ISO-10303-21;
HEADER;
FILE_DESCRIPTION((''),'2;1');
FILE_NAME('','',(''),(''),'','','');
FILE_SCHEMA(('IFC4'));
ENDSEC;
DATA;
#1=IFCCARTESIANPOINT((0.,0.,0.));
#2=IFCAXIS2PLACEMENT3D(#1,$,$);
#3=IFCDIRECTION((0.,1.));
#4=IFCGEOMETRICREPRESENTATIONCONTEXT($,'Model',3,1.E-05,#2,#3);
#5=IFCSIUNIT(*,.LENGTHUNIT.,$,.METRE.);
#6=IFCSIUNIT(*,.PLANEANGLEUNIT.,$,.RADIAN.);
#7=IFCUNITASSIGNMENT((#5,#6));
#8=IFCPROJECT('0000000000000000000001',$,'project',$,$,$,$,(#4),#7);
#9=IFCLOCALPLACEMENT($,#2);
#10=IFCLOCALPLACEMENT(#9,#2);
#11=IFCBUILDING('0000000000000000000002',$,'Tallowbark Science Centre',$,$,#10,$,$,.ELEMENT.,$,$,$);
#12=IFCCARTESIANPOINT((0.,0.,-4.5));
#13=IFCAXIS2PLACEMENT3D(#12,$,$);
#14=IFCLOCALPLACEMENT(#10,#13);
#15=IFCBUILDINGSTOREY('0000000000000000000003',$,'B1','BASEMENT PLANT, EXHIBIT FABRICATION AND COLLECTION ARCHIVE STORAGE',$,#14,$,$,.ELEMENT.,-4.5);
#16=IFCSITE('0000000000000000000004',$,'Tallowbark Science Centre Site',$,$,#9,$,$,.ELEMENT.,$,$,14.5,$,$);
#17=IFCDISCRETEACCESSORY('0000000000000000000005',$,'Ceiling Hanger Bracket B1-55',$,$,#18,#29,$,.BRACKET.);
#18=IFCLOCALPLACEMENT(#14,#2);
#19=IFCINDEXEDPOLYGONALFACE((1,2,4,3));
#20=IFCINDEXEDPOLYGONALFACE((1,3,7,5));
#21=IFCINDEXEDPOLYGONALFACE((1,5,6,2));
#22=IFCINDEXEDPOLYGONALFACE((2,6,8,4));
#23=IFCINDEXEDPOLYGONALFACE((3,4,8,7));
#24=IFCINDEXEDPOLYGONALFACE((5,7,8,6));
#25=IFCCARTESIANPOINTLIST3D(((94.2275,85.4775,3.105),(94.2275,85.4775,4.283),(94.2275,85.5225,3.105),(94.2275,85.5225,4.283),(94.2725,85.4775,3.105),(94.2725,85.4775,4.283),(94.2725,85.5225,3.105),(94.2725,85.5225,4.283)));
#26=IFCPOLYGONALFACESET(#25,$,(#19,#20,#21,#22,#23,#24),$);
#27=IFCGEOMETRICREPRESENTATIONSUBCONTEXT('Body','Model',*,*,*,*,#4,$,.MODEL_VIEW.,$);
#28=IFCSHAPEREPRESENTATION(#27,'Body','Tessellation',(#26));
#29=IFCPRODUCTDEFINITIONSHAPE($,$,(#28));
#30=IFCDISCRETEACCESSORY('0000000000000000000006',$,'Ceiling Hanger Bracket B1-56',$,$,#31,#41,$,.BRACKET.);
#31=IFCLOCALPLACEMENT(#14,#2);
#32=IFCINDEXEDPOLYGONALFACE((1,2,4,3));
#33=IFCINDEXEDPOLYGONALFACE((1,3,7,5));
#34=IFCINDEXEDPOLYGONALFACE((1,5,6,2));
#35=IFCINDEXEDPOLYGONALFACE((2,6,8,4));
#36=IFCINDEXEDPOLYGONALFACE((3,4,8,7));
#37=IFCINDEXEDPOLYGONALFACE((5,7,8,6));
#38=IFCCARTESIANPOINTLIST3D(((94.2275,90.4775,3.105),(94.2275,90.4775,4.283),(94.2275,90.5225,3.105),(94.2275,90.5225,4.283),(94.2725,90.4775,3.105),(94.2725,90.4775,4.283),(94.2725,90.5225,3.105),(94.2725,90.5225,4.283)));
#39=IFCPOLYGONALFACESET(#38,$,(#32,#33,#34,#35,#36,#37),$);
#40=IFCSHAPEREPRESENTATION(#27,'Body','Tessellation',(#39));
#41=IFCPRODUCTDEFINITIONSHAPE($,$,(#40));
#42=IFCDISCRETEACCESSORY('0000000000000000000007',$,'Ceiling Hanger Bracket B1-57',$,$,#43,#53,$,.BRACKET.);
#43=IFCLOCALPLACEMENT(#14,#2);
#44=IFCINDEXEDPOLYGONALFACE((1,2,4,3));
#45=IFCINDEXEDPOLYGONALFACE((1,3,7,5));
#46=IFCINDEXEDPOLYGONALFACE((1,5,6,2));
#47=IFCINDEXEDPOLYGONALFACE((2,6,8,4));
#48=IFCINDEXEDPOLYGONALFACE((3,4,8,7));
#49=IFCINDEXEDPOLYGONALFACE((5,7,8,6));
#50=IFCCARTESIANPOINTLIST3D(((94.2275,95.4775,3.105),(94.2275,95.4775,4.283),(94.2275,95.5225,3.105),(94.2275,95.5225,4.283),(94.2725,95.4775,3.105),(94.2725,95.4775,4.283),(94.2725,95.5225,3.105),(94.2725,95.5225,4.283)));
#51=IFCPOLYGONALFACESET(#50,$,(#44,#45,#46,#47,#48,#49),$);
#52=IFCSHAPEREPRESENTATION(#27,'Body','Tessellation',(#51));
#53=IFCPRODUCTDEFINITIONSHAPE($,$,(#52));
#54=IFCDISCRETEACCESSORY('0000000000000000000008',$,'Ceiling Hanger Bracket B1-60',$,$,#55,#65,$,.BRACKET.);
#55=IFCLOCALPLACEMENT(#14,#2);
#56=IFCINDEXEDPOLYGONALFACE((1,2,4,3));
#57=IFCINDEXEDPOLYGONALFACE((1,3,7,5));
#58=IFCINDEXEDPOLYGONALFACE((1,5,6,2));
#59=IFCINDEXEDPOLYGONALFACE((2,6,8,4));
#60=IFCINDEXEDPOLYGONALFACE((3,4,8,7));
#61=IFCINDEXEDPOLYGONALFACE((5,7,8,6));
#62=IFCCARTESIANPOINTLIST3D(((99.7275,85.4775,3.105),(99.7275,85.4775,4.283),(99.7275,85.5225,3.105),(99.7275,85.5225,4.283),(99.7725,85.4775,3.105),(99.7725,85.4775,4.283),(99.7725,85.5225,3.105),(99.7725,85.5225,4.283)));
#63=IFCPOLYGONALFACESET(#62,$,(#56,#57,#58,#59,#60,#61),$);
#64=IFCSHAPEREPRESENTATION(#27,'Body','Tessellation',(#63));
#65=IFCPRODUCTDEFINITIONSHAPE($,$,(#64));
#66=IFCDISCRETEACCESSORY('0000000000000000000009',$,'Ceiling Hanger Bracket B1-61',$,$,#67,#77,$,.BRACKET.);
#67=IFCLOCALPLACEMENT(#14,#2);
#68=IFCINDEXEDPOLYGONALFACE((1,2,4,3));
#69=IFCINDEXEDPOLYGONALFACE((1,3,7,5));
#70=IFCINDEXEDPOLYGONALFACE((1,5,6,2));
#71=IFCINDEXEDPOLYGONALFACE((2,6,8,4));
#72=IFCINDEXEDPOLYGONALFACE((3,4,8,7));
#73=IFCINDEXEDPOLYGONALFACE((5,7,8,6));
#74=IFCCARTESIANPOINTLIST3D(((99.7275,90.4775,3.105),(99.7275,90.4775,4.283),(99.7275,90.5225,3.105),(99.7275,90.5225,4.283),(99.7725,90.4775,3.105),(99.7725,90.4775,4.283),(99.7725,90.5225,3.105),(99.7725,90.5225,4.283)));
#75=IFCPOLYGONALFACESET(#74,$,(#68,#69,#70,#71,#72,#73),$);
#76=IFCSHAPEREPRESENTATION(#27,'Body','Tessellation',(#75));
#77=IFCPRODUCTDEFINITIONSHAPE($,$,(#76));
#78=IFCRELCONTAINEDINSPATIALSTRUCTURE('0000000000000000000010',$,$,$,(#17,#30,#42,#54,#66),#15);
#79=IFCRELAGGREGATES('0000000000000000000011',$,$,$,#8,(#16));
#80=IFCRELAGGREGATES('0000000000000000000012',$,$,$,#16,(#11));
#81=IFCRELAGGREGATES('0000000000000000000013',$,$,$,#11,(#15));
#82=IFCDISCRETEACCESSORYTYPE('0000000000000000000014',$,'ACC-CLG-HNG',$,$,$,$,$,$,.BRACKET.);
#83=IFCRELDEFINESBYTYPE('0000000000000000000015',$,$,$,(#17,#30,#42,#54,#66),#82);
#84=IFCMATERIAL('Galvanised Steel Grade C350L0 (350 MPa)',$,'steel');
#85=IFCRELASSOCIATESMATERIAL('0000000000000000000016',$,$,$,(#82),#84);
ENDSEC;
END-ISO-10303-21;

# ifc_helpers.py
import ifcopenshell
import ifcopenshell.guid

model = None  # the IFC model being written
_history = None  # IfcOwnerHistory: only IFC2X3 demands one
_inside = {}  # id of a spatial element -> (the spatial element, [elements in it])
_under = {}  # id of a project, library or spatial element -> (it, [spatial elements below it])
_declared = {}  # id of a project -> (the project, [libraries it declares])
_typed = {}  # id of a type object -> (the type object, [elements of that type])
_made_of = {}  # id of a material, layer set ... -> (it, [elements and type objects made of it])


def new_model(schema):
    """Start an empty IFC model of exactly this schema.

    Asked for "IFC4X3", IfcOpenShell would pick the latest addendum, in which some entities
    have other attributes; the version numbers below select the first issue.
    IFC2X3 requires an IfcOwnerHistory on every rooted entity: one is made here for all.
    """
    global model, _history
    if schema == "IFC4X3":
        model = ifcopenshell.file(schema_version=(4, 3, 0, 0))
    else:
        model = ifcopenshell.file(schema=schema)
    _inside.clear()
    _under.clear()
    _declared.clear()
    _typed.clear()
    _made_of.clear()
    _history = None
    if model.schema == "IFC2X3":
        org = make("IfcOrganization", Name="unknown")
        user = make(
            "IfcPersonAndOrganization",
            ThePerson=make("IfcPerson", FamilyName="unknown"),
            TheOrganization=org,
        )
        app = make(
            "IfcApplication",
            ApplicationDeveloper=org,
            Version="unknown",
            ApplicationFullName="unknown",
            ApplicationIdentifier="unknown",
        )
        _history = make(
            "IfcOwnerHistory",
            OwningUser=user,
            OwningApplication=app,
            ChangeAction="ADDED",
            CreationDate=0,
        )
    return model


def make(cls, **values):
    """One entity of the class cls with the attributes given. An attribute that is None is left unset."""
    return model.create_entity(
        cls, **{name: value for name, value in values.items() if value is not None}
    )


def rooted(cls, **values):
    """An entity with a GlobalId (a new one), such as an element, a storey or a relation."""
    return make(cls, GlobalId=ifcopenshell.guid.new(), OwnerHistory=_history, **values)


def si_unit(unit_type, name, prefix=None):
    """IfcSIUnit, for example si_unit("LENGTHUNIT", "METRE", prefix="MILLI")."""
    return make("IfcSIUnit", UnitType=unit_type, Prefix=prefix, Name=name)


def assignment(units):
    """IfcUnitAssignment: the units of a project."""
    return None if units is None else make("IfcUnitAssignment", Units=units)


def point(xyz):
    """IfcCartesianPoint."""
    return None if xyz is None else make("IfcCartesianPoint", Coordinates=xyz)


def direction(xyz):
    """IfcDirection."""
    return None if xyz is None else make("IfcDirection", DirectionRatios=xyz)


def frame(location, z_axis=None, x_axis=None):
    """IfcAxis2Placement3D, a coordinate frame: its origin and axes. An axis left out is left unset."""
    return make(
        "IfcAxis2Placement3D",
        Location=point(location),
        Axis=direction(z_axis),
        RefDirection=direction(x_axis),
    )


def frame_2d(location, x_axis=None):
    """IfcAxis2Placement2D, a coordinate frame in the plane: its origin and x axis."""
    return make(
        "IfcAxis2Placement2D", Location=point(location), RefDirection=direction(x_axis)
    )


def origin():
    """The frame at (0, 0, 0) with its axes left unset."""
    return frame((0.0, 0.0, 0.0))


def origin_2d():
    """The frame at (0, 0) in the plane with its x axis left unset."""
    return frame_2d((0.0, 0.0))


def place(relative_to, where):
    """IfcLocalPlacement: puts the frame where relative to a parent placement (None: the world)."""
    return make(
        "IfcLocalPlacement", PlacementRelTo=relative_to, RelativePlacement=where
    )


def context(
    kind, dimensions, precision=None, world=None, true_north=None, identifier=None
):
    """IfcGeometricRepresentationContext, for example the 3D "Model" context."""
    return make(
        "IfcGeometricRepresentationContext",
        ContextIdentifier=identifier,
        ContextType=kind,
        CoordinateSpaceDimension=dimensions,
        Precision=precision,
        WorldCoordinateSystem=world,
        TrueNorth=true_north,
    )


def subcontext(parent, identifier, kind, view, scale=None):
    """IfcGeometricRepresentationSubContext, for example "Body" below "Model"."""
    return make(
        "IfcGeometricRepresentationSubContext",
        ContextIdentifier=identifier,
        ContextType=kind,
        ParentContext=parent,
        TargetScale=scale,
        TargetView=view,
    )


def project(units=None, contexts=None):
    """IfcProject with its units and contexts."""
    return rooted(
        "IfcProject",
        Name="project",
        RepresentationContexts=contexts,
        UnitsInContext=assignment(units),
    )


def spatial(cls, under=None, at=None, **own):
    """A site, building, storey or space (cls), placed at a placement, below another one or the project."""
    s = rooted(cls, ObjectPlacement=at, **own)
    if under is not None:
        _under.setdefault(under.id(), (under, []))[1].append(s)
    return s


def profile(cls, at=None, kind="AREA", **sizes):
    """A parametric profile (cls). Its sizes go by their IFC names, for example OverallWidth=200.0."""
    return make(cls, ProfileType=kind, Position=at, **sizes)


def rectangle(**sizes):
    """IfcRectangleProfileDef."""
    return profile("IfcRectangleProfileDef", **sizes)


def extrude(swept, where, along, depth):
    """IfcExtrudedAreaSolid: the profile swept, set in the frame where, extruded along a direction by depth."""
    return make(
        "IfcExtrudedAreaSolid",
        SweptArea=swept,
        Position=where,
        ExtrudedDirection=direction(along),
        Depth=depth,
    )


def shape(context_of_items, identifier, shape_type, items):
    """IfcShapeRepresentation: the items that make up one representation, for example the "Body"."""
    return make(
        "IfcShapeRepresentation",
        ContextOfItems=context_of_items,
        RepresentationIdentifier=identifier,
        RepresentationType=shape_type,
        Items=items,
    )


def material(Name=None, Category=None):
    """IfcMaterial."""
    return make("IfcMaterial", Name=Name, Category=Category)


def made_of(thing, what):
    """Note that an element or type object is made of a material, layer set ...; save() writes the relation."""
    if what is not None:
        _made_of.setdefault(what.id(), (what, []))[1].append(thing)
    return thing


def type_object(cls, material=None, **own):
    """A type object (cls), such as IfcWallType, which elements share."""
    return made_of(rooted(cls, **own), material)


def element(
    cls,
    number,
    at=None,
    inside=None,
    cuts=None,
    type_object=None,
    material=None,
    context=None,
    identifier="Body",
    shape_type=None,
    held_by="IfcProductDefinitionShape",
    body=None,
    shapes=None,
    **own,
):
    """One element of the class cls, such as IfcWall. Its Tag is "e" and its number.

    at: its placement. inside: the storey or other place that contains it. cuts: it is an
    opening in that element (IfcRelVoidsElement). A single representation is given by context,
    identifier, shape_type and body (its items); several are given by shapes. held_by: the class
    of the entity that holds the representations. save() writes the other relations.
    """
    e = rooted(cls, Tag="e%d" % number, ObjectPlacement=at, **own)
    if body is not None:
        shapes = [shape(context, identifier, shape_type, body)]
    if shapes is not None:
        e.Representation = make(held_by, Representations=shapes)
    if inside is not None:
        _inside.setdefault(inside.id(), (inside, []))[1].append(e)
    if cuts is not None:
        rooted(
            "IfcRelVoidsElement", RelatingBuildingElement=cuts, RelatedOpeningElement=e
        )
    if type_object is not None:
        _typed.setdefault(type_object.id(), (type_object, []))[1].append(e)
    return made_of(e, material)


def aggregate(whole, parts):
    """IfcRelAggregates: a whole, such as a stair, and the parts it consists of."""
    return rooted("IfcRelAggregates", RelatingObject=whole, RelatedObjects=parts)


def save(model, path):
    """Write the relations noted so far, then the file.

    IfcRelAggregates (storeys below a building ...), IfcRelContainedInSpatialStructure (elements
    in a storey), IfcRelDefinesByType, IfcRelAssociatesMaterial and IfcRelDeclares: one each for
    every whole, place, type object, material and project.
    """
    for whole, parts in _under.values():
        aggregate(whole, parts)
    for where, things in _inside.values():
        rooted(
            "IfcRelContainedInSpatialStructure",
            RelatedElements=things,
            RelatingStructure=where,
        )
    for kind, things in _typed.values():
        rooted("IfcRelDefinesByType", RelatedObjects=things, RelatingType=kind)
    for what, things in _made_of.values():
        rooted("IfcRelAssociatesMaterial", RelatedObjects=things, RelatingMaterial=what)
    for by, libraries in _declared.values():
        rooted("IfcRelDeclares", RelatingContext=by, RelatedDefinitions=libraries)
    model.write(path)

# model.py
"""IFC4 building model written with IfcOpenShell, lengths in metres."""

from ifc_helpers import new_model, si_unit, direction, frame, origin, origin_2d, place, context, subcontext, project, spatial, rectangle, extrude, material, type_object, element, save


model = new_model("IFC4")

# Units and contexts
model_context = context("Model", 3, precision=1e-05, world=origin(), true_north=direction((0.0, 1.0)))
body_context = subcontext(model_context, "Body", "Model", "MODEL_VIEW")
ifc_project = project(units=[si_unit("LENGTHUNIT", "METRE"), si_unit("PLANEANGLEUNIT", "RADIAN")], contexts=[model_context])

# Site, building, storey
site_placement = place(None, origin())
site = spatial("IfcSite", under=ifc_project, at=site_placement, Name="Tallowbark Science Centre Site", CompositionType="ELEMENT", RefElevation=14.5)
building_placement = place(site_placement, origin())
building = spatial("IfcBuilding", under=site, at=building_placement, Name="Tallowbark Science Centre", CompositionType="ELEMENT")
storey_placement = place(building_placement, frame((0.0, 0.0, -4.5)))
storey = spatial("IfcBuildingStorey", under=building, at=storey_placement, Name="B1", Description="BASEMENT PLANT, EXHIBIT FABRICATION AND COLLECTION ARCHIVE STORAGE", CompositionType="ELEMENT", Elevation=-4.5)

# Discrete accessories
ifc_material_1 = material(Name="Galvanised Steel Grade C350L0 (350 MPa)", Category="steel")
discrete_accessory_type = type_object("IfcDiscreteAccessoryType", Name="ACC-CLG-HNG", PredefinedType="BRACKET", material=ifc_material_1)
for number, where, z_axis, x_axis, name in (
    (1, (94.25, 85.5, 3.105), (0.0, 0.0, 1.0), (1.0, 0.0, 0.0), "Ceiling Hanger Bracket B1-55"),
    (2, (94.25, 90.5, 3.105), (0.0, 0.0, 1.0), (1.0, 0.0, 0.0), "Ceiling Hanger Bracket B1-56"),
    (3, (94.25, 95.5, 3.105), (0.0, 0.0, 1.0), (1.0, 0.0, 0.0), "Ceiling Hanger Bracket B1-57"),
    (4, (99.75, 85.5, 3.105), (0.0, 0.0, 1.0), (1.0, 0.0, 0.0), "Ceiling Hanger Bracket B1-60"),
    (5, (99.75, 90.5, 3.105), (0.0, 0.0, 1.0), (1.0, 0.0, 0.0), "Ceiling Hanger Bracket B1-61"),
):
    element("IfcDiscreteAccessory", number, at=place(storey_placement, frame(where, z_axis=z_axis, x_axis=x_axis)), inside=storey, type_object=discrete_accessory_type, Name=name, PredefinedType="BRACKET", context=body_context, shape_type="SweptSolid", body=[
        extrude(rectangle(XDim=0.0449, YDim=0.0449, at=origin_2d()), origin(), (0.0, 0.0, 1.0), 1.178),
    ])

save(model, "model.ifc")
